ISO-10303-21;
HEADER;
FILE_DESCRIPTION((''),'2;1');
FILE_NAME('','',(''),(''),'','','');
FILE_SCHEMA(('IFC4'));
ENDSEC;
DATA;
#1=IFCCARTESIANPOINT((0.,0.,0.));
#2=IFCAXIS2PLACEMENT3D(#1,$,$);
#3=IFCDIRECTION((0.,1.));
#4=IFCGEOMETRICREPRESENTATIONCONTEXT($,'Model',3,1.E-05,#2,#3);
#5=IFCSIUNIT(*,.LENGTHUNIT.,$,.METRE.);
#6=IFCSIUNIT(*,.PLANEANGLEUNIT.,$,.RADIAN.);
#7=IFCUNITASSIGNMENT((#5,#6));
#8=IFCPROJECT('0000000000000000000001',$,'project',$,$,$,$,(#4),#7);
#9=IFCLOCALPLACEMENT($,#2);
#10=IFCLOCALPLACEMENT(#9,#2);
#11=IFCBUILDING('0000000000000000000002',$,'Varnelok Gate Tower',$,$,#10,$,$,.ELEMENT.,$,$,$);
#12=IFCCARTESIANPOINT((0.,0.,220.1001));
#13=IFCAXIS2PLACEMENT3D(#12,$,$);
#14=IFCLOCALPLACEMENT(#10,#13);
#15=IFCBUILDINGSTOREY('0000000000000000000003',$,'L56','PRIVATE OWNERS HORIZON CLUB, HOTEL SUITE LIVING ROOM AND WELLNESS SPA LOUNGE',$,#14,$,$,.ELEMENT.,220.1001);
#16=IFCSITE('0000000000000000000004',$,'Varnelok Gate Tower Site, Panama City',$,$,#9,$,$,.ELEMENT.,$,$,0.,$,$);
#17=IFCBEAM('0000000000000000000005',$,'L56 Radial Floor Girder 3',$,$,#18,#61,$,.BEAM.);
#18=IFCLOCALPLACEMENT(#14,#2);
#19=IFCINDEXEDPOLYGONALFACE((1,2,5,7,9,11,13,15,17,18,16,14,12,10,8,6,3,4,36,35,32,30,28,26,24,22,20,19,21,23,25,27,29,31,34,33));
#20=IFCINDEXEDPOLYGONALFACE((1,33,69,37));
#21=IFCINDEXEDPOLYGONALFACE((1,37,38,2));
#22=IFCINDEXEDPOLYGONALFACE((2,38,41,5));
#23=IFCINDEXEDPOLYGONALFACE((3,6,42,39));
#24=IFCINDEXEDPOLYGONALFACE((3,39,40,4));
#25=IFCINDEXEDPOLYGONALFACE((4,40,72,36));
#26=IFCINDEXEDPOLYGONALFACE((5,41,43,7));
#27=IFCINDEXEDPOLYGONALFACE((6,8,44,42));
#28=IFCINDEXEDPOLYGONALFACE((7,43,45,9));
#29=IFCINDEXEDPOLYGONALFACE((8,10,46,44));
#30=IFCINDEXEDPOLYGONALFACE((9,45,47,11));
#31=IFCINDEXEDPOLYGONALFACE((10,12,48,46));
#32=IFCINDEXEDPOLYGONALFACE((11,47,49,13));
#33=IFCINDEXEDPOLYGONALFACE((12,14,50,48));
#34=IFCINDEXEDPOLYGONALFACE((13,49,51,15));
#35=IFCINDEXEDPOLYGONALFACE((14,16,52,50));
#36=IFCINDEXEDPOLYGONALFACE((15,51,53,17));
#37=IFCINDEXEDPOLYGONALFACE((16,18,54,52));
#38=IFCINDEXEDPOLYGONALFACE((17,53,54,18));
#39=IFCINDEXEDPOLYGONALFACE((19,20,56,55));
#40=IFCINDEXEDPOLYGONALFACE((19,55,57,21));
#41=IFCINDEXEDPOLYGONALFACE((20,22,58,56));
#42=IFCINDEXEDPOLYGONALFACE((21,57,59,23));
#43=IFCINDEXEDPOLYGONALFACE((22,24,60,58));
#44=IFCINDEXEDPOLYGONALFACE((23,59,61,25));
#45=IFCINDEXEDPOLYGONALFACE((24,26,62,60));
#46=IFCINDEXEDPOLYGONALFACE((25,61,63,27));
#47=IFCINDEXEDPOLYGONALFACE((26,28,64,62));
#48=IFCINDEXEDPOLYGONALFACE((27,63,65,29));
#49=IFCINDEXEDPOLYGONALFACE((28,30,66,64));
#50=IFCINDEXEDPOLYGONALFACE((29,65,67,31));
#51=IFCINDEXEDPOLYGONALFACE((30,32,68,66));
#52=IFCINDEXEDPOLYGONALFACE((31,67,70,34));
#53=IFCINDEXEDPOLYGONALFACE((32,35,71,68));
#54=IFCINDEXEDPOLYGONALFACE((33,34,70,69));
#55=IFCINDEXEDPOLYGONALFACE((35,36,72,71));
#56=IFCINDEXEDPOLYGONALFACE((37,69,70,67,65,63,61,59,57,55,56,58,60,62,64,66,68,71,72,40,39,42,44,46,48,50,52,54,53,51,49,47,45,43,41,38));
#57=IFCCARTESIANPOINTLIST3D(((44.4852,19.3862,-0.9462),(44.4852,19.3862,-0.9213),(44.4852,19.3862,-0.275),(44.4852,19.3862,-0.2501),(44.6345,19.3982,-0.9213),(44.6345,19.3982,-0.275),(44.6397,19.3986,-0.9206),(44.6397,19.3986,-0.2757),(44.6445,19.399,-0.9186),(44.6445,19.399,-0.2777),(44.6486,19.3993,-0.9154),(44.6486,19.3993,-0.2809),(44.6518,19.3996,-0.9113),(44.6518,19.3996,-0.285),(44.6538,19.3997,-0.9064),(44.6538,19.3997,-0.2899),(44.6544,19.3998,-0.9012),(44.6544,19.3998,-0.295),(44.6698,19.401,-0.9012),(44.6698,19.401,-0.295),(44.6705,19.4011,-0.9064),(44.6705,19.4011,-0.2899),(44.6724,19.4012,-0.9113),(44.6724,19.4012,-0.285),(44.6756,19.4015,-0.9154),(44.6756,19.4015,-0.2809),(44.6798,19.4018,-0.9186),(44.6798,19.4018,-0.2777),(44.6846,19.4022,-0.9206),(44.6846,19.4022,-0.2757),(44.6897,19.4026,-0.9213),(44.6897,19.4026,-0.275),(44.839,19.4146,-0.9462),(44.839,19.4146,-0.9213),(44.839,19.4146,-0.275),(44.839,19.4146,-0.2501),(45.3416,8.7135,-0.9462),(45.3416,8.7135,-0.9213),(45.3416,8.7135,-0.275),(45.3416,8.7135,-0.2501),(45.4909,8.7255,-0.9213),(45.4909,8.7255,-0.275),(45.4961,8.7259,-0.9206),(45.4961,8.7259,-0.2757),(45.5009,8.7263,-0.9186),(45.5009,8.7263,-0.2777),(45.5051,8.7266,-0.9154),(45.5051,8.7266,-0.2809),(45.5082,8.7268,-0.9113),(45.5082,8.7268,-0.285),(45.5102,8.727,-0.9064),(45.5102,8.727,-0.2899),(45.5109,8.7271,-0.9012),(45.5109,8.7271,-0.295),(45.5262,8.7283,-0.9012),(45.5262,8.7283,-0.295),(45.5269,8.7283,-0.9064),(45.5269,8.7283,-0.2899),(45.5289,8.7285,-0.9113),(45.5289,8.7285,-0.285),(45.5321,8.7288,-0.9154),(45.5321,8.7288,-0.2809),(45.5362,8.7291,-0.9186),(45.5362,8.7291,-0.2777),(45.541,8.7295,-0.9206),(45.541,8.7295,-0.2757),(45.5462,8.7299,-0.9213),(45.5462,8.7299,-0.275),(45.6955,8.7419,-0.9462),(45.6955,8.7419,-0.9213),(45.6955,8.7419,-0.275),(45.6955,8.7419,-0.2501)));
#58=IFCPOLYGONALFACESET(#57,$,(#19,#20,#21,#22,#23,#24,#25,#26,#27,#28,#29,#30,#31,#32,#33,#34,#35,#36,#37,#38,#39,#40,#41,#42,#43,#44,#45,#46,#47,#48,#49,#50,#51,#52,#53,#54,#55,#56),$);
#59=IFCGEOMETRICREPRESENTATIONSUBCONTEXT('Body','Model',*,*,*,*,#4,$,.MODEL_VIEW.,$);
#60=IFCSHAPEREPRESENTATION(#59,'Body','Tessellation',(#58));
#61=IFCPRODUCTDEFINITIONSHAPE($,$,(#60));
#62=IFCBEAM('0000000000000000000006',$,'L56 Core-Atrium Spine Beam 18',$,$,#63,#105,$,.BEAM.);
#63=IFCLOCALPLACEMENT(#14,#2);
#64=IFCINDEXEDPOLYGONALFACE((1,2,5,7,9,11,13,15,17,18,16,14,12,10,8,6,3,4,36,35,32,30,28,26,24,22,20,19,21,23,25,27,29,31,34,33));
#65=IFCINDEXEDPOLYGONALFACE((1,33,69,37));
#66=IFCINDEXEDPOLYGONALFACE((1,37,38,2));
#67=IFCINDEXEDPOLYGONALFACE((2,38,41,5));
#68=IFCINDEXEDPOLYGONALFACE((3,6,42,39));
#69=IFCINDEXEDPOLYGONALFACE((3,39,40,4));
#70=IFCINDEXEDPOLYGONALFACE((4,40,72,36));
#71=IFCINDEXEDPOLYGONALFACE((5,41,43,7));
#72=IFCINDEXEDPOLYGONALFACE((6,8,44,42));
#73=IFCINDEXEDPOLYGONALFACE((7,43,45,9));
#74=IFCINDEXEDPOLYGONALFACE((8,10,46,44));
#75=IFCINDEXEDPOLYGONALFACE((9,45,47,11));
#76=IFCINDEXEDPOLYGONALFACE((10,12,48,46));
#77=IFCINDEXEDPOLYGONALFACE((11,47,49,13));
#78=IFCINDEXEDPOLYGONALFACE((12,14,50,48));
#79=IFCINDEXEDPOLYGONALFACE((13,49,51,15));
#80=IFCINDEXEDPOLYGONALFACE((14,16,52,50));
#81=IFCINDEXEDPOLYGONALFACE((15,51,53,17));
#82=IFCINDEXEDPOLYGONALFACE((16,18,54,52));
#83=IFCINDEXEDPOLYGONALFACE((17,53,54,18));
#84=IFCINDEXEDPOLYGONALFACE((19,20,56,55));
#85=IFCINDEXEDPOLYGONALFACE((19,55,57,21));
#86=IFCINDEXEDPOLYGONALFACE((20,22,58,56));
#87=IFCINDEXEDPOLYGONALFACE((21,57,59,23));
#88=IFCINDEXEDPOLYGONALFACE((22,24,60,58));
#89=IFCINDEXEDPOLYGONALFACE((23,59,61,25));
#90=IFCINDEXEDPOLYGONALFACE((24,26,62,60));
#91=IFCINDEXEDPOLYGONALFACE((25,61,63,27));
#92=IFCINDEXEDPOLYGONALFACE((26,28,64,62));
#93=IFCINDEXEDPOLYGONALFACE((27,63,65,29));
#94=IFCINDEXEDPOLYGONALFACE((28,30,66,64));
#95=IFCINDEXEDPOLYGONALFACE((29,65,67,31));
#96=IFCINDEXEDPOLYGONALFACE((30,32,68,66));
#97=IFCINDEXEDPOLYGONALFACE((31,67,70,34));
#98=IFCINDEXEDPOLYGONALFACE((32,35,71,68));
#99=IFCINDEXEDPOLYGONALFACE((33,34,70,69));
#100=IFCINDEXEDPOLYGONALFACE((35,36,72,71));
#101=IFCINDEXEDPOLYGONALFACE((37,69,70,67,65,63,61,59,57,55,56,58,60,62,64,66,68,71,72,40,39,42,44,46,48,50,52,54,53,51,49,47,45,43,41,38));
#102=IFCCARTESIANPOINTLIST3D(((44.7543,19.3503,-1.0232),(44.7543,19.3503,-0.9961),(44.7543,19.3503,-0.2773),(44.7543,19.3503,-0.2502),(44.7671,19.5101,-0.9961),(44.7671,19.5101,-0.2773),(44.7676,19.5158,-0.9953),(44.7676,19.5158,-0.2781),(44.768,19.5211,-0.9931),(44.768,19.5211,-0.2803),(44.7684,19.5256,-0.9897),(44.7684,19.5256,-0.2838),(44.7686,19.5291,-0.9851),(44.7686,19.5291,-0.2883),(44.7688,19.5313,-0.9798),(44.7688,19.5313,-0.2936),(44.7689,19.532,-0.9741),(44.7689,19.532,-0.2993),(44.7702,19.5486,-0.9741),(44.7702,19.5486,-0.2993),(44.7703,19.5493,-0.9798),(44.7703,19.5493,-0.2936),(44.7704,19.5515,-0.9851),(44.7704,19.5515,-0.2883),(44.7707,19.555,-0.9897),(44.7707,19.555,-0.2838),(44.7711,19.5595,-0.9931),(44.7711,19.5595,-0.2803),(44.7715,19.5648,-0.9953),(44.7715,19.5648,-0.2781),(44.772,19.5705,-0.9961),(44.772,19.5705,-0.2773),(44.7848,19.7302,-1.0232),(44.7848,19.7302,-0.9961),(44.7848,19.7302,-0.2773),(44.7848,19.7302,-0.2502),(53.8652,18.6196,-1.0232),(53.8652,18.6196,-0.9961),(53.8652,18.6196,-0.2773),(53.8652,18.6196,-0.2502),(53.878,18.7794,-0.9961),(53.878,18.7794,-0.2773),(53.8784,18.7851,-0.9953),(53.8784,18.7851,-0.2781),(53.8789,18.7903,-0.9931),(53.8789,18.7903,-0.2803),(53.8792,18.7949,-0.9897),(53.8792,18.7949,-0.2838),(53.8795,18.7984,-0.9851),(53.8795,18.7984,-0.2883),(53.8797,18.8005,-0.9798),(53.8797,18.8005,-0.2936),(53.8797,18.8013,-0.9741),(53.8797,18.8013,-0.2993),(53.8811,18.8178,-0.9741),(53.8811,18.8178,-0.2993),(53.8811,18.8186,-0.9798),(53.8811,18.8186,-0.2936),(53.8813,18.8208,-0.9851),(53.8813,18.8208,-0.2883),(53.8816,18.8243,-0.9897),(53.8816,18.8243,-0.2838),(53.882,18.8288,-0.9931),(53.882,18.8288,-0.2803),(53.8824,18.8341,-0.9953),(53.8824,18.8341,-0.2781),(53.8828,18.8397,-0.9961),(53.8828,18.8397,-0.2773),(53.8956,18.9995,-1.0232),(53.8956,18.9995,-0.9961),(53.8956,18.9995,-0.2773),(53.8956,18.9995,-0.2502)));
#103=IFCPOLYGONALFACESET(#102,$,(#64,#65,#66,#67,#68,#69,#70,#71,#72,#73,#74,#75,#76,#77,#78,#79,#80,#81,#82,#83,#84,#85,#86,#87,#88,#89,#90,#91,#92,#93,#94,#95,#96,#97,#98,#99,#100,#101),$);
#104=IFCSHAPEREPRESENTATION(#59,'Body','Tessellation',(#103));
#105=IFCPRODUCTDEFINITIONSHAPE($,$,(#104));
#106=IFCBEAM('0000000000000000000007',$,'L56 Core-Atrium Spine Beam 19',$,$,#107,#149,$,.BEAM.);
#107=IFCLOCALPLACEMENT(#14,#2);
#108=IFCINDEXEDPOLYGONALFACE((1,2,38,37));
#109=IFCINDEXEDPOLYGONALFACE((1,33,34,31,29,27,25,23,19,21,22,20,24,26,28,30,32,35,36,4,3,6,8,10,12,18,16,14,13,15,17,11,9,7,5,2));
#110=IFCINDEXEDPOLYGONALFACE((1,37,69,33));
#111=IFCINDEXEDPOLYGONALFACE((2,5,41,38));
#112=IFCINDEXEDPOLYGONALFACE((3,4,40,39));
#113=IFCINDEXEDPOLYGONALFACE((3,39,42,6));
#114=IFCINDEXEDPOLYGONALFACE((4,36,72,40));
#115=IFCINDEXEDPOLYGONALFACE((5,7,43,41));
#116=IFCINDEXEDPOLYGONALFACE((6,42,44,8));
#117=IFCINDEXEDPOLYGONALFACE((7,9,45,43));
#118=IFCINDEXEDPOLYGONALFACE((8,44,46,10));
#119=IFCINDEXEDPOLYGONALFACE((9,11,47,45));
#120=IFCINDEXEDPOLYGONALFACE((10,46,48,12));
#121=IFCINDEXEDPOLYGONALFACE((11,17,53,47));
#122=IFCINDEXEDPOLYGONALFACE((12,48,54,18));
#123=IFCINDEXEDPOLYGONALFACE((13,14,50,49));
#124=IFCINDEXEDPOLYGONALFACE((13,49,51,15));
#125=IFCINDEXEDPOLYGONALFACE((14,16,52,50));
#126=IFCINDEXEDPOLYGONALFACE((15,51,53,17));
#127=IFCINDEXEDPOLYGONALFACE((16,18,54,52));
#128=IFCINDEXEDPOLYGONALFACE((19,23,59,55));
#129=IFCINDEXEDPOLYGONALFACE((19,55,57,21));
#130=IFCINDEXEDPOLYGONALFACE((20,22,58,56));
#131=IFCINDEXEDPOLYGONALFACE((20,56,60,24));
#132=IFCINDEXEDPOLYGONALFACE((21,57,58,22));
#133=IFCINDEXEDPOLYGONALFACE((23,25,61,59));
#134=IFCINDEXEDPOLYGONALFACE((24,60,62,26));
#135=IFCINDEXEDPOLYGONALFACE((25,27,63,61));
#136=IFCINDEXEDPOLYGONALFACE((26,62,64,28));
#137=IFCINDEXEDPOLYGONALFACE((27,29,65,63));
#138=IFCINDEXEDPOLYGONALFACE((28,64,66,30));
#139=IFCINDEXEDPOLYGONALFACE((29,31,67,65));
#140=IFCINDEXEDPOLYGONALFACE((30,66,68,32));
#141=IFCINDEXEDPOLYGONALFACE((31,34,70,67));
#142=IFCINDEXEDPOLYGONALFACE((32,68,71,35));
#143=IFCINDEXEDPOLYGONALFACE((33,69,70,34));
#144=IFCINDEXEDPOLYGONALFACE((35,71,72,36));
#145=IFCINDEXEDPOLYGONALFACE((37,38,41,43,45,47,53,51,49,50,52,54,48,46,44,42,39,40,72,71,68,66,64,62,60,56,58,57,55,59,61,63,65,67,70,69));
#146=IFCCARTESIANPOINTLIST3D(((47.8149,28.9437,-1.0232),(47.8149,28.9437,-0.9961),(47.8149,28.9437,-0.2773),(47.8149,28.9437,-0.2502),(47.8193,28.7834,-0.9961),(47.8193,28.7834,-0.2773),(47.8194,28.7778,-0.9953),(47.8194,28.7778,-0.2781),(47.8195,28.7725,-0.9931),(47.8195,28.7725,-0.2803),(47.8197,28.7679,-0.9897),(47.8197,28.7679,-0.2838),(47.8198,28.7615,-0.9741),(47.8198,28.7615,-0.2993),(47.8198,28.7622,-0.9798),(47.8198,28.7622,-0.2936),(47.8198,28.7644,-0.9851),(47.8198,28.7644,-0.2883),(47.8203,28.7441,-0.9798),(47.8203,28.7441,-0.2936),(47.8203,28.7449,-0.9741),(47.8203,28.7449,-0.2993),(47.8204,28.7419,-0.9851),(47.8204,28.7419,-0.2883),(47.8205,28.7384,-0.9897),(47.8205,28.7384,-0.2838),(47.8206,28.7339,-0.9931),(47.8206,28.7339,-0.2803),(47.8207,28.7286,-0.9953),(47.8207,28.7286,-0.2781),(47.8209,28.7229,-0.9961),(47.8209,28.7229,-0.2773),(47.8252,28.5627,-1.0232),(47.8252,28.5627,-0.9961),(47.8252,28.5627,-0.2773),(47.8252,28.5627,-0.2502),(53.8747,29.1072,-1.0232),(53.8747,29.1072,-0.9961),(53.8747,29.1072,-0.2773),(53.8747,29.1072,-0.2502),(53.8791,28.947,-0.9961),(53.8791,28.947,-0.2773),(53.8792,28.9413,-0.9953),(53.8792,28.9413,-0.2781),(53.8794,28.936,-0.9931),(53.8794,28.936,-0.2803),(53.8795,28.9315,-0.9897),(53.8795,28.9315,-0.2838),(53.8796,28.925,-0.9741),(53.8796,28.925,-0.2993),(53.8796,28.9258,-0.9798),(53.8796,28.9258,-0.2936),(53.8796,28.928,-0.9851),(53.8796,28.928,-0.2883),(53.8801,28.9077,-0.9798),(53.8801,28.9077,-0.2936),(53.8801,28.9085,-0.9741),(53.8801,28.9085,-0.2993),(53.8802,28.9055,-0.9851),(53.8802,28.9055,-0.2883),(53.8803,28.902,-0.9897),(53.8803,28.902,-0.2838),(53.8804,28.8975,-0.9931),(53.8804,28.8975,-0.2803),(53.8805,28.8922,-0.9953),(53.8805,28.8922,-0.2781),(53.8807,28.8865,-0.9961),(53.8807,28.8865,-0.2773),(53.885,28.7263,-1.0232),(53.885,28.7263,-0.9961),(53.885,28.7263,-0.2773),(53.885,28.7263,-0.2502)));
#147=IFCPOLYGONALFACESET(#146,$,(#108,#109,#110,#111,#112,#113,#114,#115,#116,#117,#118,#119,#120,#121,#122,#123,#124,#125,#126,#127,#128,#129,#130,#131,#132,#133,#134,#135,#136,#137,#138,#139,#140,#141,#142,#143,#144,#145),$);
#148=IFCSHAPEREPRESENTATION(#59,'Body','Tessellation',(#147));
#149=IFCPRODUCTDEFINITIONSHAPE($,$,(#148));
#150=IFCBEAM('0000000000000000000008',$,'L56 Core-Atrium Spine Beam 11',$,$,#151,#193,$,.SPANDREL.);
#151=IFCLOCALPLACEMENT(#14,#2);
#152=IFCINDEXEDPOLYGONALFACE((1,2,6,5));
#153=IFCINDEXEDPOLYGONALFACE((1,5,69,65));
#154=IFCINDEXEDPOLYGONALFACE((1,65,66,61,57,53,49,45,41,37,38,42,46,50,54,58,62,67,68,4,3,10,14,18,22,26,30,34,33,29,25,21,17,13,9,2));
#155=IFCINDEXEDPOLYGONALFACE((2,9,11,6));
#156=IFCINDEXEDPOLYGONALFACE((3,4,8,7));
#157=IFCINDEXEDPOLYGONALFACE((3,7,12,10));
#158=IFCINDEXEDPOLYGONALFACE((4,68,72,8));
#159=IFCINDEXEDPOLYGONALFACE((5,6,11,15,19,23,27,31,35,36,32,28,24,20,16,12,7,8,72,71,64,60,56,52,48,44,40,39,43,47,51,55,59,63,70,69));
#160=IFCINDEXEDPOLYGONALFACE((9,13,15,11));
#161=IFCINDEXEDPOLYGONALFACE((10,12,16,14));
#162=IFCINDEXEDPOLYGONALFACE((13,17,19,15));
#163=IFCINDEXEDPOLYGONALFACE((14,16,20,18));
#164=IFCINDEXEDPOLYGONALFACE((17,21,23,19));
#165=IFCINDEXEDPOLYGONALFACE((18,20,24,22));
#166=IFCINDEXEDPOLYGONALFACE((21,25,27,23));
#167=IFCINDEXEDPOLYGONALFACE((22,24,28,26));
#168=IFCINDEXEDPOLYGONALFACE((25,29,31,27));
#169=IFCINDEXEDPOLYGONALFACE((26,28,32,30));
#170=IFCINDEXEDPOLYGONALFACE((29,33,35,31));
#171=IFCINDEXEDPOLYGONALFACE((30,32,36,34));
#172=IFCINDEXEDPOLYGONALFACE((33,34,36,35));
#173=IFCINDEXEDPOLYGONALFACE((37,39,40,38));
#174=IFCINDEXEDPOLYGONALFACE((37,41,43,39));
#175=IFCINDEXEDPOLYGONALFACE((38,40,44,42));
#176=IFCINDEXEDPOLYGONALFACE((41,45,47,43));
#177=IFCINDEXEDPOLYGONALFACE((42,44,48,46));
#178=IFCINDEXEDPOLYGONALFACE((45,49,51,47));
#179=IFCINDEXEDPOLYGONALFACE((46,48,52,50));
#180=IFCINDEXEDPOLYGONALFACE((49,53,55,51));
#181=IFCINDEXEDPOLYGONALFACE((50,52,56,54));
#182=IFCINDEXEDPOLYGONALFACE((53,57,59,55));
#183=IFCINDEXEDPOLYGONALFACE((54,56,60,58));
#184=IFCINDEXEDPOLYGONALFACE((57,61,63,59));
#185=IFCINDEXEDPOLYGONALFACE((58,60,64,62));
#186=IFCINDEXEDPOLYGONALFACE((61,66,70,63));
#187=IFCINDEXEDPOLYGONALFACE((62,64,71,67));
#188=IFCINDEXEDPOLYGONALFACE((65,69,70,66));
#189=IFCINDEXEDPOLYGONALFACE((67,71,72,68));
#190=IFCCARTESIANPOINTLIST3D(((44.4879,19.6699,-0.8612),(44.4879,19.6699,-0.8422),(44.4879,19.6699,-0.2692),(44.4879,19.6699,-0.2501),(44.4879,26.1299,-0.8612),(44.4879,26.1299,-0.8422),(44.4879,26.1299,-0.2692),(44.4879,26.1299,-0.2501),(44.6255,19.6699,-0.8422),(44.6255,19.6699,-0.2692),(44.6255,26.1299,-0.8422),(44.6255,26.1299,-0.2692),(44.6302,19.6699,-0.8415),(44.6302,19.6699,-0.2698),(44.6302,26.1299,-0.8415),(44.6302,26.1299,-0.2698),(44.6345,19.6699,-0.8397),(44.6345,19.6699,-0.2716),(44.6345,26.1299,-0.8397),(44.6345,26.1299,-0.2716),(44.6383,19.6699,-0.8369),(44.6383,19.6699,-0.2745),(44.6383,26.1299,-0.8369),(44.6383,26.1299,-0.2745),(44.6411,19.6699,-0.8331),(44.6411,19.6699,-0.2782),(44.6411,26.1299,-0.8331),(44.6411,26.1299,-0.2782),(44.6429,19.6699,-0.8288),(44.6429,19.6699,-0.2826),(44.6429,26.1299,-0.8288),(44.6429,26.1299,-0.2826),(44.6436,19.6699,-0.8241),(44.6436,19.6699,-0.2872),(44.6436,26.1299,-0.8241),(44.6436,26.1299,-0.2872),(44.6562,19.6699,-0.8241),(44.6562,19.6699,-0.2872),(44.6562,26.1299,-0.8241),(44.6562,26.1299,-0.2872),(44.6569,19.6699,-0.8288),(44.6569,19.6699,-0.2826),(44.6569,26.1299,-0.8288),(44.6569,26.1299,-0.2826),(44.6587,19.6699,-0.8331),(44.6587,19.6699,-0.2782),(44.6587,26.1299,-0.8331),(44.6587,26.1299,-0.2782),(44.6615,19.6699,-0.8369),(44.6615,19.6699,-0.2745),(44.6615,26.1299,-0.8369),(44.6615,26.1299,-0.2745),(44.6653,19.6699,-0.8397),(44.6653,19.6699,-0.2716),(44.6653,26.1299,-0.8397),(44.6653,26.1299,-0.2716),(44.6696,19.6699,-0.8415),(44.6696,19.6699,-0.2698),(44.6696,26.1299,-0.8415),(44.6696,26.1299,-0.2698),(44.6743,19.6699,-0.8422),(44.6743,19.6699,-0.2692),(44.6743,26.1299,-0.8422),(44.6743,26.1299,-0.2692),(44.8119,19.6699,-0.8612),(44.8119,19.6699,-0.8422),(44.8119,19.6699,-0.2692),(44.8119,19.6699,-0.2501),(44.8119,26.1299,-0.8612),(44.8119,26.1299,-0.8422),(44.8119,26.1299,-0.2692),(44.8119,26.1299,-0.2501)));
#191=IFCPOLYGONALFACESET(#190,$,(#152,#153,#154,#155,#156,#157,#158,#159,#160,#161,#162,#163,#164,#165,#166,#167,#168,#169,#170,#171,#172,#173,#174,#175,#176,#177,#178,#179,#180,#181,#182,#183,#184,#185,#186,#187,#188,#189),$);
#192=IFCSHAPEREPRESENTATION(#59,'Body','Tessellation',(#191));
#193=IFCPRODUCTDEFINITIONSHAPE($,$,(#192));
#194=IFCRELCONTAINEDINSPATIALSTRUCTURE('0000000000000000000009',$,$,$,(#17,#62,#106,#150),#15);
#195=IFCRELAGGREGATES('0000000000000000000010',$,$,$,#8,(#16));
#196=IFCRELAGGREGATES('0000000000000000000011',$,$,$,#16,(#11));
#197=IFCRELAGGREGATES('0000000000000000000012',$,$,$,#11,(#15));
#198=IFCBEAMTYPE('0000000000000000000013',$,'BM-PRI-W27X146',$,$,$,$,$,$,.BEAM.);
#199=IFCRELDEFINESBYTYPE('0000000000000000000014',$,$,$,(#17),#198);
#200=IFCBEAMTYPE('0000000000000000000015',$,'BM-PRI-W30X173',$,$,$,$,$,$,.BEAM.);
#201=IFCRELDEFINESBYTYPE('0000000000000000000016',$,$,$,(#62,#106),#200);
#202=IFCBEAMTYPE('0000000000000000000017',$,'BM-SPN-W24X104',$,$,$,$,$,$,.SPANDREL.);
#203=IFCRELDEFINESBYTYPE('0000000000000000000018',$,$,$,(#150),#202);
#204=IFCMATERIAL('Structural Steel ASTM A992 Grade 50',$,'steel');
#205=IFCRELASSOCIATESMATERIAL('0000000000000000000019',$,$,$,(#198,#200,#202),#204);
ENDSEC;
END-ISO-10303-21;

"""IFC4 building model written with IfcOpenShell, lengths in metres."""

from ifc_helpers import new_model, si_unit, direction, frame, origin, origin_2d, place, context, subcontext, project, spatial, i_section, extrude, material, material_profile, profile_set, type_object, element, save


model = new_model("IFC4")

# Units and contexts
model_context = context("Model", 3, precision=1e-05, world=origin(), true_north=direction((0.0, 1.0)))
body_context = subcontext(model_context, "Body", "Model", "MODEL_VIEW")
ifc_project = project(units=[si_unit("LENGTHUNIT", "METRE"), si_unit("PLANEANGLEUNIT", "RADIAN")], contexts=[model_context])

# Site, building, storey
site_placement = place(None, origin())
site = spatial("IfcSite", under=ifc_project, at=site_placement, Name="Varnelok Gate Tower Site, Panama City", CompositionType="ELEMENT", RefElevation=0.0)
building_placement = place(site_placement, origin())
building = spatial("IfcBuilding", under=site, at=building_placement, Name="Varnelok Gate Tower", CompositionType="ELEMENT")
storey_placement = place(building_placement, frame((0.0, 0.0, 220.1001)))
storey = spatial("IfcBuildingStorey", under=building, at=storey_placement, Name="L56", Description="PRIVATE OWNERS HORIZON CLUB, HOTEL SUITE LIVING ROOM AND WELLNESS SPA LOUNGE", CompositionType="ELEMENT", Elevation=220.1001)

# Shared definitions
ifc_material_1 = material(Name="Structural Steel ASTM A992 Grade 50", Category="steel")

# Beams
ifc_material_profile_1 = material_profile(ifc_material_1, i_section(OverallWidth=0.355, OverallDepth=0.696, WebThickness=0.0154, FlangeThickness=0.0249, FilletRadius=0.02, at=origin_2d()), Name="W27X146")
ifc_profile_set_1 = profile_set([ifc_material_profile_1], Name="Structural Steel ASTM A992 Grade 50")
beam_type_1 = type_object("IfcBeamType", Name="BM-PRI-W27X146", PredefinedType="BEAM", material=ifc_profile_set_1)
beam_1_placement = place(storey_placement, frame((44.6621, 19.4004, -0.5981), z_axis=(0.07999, -0.996796, 0.0), x_axis=(0.996796, 0.07999, 0.0)))
element("IfcBeam", 1, at=beam_1_placement, inside=storey, type_object=beam_type_1, Name="L56 Radial Floor Girder 3", PredefinedType="BEAM", context=body_context, shape_type="SweptSolid", body=[
    extrude(i_section(OverallWidth=0.355, OverallDepth=0.696, WebThickness=0.0154, FlangeThickness=0.0249, FilletRadius=0.02, at=origin_2d()), origin(), (0.0, 0.0, 1.0), 10.707),
])
ifc_material_profile_2 = material_profile(ifc_material_1, i_section(OverallWidth=0.3811, OverallDepth=0.7729, WebThickness=0.0166, FlangeThickness=0.0271, FilletRadius=0.022, at=origin_2d()), Name="W30X173")
ifc_profile_set_2 = profile_set([ifc_material_profile_2], Name="Structural Steel ASTM A992 Grade 50")
beam_type_2 = type_object("IfcBeamType", Name="BM-PRI-W30X173", PredefinedType="BEAM", material=ifc_profile_set_2)
beam_2_placement = place(storey_placement, frame((44.7695, 19.5403, -0.6367), z_axis=(0.996799, -0.079946, 0.0), x_axis=(0.079946, 0.996799, 0.0)))
element("IfcBeam", 2, at=beam_2_placement, inside=storey, type_object=beam_type_2, Name="L56 Core-Atrium Spine Beam 18", PredefinedType="BEAM", context=body_context, shape_type="SweptSolid", body=[
    extrude(i_section(OverallWidth=0.3811, OverallDepth=0.7729, WebThickness=0.0166, FlangeThickness=0.0271, FilletRadius=0.022, at=origin_2d()), origin(), (0.0, 0.0, 1.0), 9.1401),
])
beam_3_placement = place(storey_placement, frame((47.8201, 28.7532, -0.6367), z_axis=(0.999636, 0.026983, 0.0), x_axis=(-0.026983, 0.999636, 0.0)))
element("IfcBeam", 3, at=beam_3_placement, inside=storey, type_object=beam_type_2, Name="L56 Core-Atrium Spine Beam 19", PredefinedType="BEAM", context=body_context, shape_type="SweptSolid", body=[
    extrude(i_section(OverallWidth=0.3811, OverallDepth=0.7729, WebThickness=0.0166, FlangeThickness=0.0271, FilletRadius=0.022, at=origin_2d()), origin(), (0.0, 0.0, 1.0), 6.062),
])
ifc_material_profile_3 = material_profile(ifc_material_1, i_section(OverallWidth=0.324, OverallDepth=0.6111, WebThickness=0.0127, FlangeThickness=0.019, FilletRadius=0.0181, at=origin_2d()), Name="W24X104")
ifc_profile_set_3 = profile_set([ifc_material_profile_3], Name="Structural Steel ASTM A992 Grade 50")
beam_type_3 = type_object("IfcBeamType", Name="BM-SPN-W24X104", PredefinedType="SPANDREL", material=ifc_profile_set_3)
beam_4_placement = place(storey_placement, frame((44.6499, 19.6699, -0.5557), z_axis=(0.0, 1.0, 0.0), x_axis=(-1.0, 0.0, 0.0)))
element("IfcBeam", 4, at=beam_4_placement, inside=storey, type_object=beam_type_3, Name="L56 Core-Atrium Spine Beam 11", PredefinedType="SPANDREL", context=body_context, shape_type="SweptSolid", body=[
    extrude(i_section(OverallWidth=0.324, OverallDepth=0.6111, WebThickness=0.0127, FlangeThickness=0.019, FilletRadius=0.0181, at=origin_2d()), origin(), (0.0, 0.0, 1.0), 6.46),
])

save(model, "model.ifc")
